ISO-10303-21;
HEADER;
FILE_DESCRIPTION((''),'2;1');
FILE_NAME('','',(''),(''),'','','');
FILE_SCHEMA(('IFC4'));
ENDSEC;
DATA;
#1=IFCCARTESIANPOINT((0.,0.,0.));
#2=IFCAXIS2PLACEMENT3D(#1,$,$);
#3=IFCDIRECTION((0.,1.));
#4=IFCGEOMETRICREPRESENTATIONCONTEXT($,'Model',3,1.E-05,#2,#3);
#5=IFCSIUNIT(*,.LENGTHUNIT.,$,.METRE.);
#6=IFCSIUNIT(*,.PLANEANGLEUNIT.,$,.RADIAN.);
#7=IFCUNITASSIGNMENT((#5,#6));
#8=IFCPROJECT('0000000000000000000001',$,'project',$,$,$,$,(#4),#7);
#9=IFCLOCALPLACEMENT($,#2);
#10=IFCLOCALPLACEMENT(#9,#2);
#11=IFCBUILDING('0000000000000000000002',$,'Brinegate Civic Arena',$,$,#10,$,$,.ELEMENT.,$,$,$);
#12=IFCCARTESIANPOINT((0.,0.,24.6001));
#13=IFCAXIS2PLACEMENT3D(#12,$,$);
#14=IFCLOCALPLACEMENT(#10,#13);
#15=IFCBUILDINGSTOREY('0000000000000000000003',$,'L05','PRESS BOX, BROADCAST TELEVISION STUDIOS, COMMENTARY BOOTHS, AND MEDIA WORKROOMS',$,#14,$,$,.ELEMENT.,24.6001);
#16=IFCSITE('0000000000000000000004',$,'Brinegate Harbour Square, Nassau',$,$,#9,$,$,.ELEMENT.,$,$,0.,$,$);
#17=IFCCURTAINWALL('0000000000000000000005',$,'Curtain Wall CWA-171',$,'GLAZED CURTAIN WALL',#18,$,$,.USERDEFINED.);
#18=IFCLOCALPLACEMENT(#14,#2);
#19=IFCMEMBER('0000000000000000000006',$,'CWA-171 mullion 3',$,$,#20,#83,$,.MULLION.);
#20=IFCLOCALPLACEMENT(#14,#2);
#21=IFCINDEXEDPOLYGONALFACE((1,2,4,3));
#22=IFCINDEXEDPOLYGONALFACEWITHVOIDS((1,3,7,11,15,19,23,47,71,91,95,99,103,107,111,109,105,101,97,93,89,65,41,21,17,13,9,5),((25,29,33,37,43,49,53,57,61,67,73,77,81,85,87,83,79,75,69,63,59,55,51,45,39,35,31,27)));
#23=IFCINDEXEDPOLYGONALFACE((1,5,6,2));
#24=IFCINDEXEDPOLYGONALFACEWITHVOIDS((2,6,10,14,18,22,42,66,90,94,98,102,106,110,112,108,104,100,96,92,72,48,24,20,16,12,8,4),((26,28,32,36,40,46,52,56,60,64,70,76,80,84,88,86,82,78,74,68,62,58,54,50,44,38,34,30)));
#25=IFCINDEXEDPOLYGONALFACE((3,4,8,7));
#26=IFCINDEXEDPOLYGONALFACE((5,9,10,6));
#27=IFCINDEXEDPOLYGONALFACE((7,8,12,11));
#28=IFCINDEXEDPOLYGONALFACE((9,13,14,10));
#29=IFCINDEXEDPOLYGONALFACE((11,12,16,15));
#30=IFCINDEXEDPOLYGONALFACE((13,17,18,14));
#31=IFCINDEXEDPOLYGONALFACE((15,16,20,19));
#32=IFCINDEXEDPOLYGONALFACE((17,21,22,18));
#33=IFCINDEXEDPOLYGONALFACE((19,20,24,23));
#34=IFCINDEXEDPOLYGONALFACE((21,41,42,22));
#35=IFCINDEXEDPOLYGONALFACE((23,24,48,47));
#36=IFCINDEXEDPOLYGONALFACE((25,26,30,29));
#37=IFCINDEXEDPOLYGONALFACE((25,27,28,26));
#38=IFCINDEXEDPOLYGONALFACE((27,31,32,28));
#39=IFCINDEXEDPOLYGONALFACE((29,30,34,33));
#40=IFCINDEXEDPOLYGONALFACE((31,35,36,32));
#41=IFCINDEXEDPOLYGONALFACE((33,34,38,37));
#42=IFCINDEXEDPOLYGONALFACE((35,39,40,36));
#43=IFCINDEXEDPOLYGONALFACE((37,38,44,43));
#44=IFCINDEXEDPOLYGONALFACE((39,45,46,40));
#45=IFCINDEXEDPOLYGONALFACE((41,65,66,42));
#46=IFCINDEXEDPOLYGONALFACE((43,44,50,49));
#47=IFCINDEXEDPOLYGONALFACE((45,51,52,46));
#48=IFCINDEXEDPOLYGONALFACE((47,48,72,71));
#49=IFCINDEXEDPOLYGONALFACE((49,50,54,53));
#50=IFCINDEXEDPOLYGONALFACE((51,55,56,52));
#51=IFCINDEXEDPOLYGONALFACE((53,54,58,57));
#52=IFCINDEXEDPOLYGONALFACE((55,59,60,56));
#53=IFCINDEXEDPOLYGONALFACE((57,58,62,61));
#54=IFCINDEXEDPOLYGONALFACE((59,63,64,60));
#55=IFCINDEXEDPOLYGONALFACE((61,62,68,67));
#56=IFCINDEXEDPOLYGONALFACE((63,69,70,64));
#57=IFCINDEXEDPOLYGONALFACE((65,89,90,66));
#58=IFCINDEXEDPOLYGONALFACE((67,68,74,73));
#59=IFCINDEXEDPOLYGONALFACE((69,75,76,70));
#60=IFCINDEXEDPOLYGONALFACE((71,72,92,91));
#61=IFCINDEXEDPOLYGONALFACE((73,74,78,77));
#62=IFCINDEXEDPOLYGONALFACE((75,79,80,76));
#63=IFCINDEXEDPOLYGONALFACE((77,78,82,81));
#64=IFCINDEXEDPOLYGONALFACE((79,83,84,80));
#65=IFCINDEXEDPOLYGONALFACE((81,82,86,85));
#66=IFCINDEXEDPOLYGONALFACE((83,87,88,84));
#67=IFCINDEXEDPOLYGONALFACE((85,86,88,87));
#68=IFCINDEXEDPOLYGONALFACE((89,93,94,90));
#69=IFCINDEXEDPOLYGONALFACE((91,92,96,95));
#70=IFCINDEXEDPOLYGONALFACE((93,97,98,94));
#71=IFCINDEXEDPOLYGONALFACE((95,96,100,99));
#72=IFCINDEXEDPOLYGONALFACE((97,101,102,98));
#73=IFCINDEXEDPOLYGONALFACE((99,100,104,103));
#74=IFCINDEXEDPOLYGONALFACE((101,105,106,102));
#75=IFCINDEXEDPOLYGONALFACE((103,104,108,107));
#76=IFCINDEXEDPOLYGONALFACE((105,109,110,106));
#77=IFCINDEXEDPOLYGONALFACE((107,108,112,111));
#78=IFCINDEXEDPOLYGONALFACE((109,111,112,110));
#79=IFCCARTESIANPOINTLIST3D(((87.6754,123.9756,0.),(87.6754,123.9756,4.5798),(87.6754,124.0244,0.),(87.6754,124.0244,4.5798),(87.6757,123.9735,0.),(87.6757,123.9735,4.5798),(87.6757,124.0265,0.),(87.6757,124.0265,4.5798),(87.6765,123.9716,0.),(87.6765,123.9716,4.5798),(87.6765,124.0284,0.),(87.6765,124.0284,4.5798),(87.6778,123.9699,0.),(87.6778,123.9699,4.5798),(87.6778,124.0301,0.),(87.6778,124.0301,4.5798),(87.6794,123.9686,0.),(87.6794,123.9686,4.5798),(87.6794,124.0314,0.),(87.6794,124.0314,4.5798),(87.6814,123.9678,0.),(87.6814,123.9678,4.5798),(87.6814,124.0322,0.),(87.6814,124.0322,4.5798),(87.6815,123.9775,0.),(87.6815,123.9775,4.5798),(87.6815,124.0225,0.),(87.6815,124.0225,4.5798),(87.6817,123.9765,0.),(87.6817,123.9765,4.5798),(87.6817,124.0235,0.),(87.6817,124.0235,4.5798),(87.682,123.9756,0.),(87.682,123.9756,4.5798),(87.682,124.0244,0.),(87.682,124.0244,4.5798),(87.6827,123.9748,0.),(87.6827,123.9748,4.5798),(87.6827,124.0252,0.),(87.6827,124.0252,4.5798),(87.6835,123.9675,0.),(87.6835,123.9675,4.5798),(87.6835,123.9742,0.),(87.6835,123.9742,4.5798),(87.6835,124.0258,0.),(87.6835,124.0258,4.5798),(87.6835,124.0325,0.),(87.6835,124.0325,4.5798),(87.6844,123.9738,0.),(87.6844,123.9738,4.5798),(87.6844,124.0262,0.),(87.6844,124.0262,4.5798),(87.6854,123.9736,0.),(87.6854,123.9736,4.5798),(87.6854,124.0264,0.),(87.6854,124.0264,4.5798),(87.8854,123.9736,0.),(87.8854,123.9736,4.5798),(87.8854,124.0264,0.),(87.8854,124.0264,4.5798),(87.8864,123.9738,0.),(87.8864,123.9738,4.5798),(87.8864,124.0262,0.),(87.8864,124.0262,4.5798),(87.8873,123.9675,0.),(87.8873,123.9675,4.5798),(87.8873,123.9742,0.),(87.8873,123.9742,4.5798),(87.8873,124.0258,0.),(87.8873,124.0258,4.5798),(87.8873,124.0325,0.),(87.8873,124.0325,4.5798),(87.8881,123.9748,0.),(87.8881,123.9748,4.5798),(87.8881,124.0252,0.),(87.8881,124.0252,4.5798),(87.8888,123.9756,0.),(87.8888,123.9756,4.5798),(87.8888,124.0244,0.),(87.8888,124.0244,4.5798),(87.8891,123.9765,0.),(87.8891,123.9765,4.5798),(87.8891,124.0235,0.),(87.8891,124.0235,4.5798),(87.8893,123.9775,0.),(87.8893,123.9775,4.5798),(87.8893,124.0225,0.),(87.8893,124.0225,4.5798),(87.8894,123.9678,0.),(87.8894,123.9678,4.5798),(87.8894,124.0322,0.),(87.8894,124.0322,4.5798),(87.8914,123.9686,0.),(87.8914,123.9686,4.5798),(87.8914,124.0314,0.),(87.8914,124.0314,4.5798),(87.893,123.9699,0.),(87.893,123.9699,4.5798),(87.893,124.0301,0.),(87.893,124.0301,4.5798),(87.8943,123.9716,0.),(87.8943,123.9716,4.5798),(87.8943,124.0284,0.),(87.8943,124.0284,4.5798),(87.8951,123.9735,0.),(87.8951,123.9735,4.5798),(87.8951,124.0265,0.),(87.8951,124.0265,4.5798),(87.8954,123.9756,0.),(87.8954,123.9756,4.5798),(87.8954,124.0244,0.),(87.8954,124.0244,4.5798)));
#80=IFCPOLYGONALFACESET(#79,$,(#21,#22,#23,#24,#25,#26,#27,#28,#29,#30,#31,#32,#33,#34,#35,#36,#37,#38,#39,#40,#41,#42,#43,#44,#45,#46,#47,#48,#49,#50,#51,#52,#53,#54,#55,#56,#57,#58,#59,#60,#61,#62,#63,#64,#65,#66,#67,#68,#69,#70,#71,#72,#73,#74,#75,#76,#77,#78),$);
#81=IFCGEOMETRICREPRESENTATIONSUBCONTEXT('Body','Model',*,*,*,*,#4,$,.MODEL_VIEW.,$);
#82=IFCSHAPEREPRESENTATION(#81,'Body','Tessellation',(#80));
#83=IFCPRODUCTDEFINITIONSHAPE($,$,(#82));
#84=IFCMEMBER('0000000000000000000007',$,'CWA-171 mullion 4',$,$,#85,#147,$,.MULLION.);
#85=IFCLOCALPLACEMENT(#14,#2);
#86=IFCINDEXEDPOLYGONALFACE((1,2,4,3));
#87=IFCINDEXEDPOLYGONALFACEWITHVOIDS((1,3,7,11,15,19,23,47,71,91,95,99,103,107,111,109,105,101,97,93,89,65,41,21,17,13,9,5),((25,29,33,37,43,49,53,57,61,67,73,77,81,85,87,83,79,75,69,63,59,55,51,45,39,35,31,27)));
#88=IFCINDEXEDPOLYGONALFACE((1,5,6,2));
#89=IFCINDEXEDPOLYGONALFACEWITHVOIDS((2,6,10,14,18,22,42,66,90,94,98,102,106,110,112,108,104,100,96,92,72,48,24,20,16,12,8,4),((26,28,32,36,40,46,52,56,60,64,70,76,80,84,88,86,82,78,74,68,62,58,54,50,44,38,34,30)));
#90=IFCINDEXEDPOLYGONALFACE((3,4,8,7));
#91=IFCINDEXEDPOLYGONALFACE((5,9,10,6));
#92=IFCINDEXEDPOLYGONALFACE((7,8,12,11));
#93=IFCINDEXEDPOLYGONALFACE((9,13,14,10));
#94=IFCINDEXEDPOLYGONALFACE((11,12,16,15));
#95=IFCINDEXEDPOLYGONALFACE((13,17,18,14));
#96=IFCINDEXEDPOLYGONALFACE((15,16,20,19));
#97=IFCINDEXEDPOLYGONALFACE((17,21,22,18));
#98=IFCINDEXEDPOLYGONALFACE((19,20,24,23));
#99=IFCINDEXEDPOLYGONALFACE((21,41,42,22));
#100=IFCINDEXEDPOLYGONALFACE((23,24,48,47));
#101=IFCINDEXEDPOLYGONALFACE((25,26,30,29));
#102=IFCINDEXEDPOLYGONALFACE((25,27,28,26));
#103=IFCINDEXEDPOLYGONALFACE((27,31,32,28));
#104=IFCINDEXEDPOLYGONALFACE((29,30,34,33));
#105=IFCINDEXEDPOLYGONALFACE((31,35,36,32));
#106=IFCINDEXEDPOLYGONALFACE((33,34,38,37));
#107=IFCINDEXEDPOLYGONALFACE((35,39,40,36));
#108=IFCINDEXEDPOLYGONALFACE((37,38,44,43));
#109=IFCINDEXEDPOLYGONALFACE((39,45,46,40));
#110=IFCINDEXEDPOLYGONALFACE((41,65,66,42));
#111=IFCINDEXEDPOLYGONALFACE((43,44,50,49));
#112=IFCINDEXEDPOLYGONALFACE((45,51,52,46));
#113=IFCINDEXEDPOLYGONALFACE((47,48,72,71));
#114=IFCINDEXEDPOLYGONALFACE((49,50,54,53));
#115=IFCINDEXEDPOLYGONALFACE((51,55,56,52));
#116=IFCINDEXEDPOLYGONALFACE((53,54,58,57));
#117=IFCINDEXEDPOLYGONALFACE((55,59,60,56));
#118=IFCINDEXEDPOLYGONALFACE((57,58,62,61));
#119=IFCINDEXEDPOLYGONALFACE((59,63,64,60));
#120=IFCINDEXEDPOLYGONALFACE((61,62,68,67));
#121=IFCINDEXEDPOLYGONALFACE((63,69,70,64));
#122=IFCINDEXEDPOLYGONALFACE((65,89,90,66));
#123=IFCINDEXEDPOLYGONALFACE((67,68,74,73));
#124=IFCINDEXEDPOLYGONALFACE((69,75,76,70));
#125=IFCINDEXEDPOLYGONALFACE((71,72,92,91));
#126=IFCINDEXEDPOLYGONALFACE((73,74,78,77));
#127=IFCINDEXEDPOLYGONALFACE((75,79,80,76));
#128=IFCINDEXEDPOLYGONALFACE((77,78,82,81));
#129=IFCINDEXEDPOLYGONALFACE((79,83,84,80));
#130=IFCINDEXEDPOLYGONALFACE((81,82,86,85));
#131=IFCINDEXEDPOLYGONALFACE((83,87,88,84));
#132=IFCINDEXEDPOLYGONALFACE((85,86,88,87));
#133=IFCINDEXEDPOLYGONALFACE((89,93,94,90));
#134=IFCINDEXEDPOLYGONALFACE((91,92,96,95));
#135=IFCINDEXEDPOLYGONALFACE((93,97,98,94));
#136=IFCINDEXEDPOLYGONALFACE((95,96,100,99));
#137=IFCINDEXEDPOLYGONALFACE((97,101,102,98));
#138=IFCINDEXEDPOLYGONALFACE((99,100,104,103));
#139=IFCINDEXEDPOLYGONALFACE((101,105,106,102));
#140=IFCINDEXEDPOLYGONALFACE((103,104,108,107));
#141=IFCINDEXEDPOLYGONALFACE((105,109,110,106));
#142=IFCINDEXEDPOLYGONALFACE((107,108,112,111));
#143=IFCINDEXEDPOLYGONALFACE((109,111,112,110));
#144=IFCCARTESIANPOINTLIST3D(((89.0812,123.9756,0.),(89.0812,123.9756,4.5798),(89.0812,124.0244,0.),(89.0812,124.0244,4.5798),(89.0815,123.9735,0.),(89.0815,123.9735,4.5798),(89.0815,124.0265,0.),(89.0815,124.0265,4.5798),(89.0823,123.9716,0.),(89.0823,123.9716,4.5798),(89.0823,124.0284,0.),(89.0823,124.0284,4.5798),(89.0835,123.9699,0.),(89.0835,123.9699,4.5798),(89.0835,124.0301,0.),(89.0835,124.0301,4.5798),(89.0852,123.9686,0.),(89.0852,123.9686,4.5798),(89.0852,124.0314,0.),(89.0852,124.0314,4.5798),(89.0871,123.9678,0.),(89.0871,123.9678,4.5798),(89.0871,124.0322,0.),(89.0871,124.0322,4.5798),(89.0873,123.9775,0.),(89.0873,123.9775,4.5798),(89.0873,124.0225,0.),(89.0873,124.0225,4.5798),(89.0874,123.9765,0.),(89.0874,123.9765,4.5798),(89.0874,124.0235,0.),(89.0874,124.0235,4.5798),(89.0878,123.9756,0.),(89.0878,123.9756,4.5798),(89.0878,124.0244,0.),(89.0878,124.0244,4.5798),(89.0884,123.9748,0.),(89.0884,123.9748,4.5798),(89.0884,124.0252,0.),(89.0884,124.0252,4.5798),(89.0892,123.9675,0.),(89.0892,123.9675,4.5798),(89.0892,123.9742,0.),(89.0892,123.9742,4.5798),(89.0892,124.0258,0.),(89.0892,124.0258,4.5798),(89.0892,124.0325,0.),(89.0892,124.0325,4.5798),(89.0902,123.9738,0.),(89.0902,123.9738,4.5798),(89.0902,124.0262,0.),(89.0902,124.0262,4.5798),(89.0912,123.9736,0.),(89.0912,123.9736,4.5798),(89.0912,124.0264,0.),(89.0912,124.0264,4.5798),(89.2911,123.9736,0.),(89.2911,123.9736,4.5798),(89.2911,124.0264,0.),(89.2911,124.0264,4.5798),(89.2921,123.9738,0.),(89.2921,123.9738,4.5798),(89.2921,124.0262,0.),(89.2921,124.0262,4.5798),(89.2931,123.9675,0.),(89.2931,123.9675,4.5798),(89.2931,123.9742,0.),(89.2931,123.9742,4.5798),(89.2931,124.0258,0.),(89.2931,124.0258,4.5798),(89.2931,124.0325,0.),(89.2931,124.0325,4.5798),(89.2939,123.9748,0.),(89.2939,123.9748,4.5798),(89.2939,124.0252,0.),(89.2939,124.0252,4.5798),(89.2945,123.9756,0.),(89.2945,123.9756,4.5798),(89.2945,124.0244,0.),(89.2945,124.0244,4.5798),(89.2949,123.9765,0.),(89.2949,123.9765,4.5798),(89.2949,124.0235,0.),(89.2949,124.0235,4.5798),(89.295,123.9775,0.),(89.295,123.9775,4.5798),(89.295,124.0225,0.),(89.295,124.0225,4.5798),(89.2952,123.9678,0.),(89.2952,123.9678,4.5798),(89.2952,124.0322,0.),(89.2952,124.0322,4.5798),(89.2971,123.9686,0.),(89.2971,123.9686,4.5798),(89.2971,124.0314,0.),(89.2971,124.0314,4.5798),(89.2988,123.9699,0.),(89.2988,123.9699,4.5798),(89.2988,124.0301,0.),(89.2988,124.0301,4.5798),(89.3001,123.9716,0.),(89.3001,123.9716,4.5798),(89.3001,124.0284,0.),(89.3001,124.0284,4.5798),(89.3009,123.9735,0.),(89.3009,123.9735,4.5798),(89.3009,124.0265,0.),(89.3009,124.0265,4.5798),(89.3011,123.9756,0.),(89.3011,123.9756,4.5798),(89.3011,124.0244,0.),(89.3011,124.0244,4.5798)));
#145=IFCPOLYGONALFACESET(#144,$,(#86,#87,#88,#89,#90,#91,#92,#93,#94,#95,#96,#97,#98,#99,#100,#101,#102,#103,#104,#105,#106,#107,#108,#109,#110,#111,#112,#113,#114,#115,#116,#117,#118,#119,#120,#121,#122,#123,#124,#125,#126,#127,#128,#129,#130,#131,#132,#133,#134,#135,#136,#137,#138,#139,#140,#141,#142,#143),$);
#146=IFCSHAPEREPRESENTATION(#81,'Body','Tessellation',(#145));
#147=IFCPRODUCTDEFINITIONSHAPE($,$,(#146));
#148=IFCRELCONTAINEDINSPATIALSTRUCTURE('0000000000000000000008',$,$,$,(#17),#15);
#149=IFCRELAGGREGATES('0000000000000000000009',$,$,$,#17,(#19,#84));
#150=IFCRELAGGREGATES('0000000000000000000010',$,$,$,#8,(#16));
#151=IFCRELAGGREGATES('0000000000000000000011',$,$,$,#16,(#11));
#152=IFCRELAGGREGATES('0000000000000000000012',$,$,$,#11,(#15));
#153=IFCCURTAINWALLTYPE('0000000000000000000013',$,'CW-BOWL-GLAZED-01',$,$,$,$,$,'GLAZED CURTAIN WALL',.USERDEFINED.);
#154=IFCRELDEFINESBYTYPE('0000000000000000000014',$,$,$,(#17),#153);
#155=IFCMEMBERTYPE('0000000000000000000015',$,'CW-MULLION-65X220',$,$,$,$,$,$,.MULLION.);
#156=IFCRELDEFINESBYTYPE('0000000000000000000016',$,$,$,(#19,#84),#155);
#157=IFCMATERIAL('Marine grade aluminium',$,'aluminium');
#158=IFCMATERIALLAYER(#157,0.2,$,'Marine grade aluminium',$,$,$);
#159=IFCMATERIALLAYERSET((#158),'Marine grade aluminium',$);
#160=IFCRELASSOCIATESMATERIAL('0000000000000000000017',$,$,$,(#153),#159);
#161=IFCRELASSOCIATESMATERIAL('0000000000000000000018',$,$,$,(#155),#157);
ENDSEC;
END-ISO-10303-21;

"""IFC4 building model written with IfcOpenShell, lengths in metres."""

from ifc_helpers import new_model, si_unit, direction, frame, origin, origin_2d, place, context, subcontext, project, spatial, hollow_rectangle, extrude, material, layer, layer_set, material_profile, profile_set, type_object, element, aggregate, save


model = new_model("IFC4")

# Units and contexts
model_context = context("Model", 3, precision=1e-05, world=origin(), true_north=direction((0.0, 1.0)))
body_context = subcontext(model_context, "Body", "Model", "MODEL_VIEW")
ifc_project = project(units=[si_unit("LENGTHUNIT", "METRE"), si_unit("PLANEANGLEUNIT", "RADIAN")], contexts=[model_context])

# Site, building, storey
site_placement = place(None, origin())
site = spatial("IfcSite", under=ifc_project, at=site_placement, Name="Brinegate Harbour Square, Nassau", CompositionType="ELEMENT", RefElevation=0.0)
building_placement = place(site_placement, origin())
building = spatial("IfcBuilding", under=site, at=building_placement, Name="Brinegate Civic Arena", CompositionType="ELEMENT")
storey_placement = place(building_placement, frame((0.0, 0.0, 24.6001)))
storey = spatial("IfcBuildingStorey", under=building, at=storey_placement, Name="L05", Description="PRESS BOX, BROADCAST TELEVISION STUDIOS, COMMENTARY BOOTHS, AND MEDIA WORKROOMS", CompositionType="ELEMENT", Elevation=24.6001)

# Curtain wall, members
ifc_material_1 = material(Name="Marine grade aluminium", Category="aluminium")
ifc_layer_1 = layer(ifc_material_1, 0.2, Name="Marine grade aluminium")
ifc_layer_set_1 = layer_set([ifc_layer_1], Name="Marine grade aluminium")
curtain_wall_type = type_object("IfcCurtainWallType", Name="CW-BOWL-GLAZED-01", ElementType="GLAZED CURTAIN WALL", PredefinedType="USERDEFINED", material=ifc_layer_set_1)
curtain_wall_placement = place(storey_placement, origin())
curtain_wall = element("IfcCurtainWall", 1, at=curtain_wall_placement, inside=storey, type_object=curtain_wall_type, Name="Curtain Wall CWA-171", ObjectType="GLAZED CURTAIN WALL", PredefinedType="USERDEFINED")
ifc_material_profile_1 = material_profile(ifc_material_1, hollow_rectangle(XDim=0.0649, YDim=0.22, WallThickness=0.0061, InnerFilletRadius=0.0039, OuterFilletRadius=0.0081, at=origin_2d()), Name="MUL65X220")
ifc_profile_set_1 = profile_set([ifc_material_profile_1], Name="Marine grade aluminium")
member_type_1 = type_object("IfcMemberType", Name="CW-MULLION-65X220", PredefinedType="MULLION", material=ifc_profile_set_1)
member_1_placement = place(storey_placement, frame((87.7854, 124.0, 0.0), z_axis=(0.0, 0.0, 1.0), x_axis=(0.0, 1.0, 0.0)))
member_1 = element("IfcMember", 2, at=member_1_placement, type_object=member_type_1, Name="CWA-171 mullion 3", PredefinedType="MULLION", context=body_context, shape_type="SweptSolid", body=[
    extrude(hollow_rectangle(XDim=0.0649, YDim=0.22, WallThickness=0.0061, InnerFilletRadius=0.0039, OuterFilletRadius=0.0081, at=origin_2d()), origin(), (0.0, 0.0, 1.0), 4.5798),
])
member_2_placement = place(storey_placement, frame((89.1912, 124.0, 0.0), z_axis=(0.0, 0.0, 1.0), x_axis=(0.0, 1.0, 0.0)))
member_2 = element("IfcMember", 3, at=member_2_placement, type_object=member_type_1, Name="CWA-171 mullion 4", PredefinedType="MULLION", context=body_context, shape_type="SweptSolid", body=[
    extrude(hollow_rectangle(XDim=0.0649, YDim=0.22, WallThickness=0.0061, InnerFilletRadius=0.0039, OuterFilletRadius=0.0081, at=origin_2d()), origin(), (0.0, 0.0, 1.0), 4.5798),
])

aggregate(curtain_wall, [member_1, member_2])

save(model, "model.ifc")
